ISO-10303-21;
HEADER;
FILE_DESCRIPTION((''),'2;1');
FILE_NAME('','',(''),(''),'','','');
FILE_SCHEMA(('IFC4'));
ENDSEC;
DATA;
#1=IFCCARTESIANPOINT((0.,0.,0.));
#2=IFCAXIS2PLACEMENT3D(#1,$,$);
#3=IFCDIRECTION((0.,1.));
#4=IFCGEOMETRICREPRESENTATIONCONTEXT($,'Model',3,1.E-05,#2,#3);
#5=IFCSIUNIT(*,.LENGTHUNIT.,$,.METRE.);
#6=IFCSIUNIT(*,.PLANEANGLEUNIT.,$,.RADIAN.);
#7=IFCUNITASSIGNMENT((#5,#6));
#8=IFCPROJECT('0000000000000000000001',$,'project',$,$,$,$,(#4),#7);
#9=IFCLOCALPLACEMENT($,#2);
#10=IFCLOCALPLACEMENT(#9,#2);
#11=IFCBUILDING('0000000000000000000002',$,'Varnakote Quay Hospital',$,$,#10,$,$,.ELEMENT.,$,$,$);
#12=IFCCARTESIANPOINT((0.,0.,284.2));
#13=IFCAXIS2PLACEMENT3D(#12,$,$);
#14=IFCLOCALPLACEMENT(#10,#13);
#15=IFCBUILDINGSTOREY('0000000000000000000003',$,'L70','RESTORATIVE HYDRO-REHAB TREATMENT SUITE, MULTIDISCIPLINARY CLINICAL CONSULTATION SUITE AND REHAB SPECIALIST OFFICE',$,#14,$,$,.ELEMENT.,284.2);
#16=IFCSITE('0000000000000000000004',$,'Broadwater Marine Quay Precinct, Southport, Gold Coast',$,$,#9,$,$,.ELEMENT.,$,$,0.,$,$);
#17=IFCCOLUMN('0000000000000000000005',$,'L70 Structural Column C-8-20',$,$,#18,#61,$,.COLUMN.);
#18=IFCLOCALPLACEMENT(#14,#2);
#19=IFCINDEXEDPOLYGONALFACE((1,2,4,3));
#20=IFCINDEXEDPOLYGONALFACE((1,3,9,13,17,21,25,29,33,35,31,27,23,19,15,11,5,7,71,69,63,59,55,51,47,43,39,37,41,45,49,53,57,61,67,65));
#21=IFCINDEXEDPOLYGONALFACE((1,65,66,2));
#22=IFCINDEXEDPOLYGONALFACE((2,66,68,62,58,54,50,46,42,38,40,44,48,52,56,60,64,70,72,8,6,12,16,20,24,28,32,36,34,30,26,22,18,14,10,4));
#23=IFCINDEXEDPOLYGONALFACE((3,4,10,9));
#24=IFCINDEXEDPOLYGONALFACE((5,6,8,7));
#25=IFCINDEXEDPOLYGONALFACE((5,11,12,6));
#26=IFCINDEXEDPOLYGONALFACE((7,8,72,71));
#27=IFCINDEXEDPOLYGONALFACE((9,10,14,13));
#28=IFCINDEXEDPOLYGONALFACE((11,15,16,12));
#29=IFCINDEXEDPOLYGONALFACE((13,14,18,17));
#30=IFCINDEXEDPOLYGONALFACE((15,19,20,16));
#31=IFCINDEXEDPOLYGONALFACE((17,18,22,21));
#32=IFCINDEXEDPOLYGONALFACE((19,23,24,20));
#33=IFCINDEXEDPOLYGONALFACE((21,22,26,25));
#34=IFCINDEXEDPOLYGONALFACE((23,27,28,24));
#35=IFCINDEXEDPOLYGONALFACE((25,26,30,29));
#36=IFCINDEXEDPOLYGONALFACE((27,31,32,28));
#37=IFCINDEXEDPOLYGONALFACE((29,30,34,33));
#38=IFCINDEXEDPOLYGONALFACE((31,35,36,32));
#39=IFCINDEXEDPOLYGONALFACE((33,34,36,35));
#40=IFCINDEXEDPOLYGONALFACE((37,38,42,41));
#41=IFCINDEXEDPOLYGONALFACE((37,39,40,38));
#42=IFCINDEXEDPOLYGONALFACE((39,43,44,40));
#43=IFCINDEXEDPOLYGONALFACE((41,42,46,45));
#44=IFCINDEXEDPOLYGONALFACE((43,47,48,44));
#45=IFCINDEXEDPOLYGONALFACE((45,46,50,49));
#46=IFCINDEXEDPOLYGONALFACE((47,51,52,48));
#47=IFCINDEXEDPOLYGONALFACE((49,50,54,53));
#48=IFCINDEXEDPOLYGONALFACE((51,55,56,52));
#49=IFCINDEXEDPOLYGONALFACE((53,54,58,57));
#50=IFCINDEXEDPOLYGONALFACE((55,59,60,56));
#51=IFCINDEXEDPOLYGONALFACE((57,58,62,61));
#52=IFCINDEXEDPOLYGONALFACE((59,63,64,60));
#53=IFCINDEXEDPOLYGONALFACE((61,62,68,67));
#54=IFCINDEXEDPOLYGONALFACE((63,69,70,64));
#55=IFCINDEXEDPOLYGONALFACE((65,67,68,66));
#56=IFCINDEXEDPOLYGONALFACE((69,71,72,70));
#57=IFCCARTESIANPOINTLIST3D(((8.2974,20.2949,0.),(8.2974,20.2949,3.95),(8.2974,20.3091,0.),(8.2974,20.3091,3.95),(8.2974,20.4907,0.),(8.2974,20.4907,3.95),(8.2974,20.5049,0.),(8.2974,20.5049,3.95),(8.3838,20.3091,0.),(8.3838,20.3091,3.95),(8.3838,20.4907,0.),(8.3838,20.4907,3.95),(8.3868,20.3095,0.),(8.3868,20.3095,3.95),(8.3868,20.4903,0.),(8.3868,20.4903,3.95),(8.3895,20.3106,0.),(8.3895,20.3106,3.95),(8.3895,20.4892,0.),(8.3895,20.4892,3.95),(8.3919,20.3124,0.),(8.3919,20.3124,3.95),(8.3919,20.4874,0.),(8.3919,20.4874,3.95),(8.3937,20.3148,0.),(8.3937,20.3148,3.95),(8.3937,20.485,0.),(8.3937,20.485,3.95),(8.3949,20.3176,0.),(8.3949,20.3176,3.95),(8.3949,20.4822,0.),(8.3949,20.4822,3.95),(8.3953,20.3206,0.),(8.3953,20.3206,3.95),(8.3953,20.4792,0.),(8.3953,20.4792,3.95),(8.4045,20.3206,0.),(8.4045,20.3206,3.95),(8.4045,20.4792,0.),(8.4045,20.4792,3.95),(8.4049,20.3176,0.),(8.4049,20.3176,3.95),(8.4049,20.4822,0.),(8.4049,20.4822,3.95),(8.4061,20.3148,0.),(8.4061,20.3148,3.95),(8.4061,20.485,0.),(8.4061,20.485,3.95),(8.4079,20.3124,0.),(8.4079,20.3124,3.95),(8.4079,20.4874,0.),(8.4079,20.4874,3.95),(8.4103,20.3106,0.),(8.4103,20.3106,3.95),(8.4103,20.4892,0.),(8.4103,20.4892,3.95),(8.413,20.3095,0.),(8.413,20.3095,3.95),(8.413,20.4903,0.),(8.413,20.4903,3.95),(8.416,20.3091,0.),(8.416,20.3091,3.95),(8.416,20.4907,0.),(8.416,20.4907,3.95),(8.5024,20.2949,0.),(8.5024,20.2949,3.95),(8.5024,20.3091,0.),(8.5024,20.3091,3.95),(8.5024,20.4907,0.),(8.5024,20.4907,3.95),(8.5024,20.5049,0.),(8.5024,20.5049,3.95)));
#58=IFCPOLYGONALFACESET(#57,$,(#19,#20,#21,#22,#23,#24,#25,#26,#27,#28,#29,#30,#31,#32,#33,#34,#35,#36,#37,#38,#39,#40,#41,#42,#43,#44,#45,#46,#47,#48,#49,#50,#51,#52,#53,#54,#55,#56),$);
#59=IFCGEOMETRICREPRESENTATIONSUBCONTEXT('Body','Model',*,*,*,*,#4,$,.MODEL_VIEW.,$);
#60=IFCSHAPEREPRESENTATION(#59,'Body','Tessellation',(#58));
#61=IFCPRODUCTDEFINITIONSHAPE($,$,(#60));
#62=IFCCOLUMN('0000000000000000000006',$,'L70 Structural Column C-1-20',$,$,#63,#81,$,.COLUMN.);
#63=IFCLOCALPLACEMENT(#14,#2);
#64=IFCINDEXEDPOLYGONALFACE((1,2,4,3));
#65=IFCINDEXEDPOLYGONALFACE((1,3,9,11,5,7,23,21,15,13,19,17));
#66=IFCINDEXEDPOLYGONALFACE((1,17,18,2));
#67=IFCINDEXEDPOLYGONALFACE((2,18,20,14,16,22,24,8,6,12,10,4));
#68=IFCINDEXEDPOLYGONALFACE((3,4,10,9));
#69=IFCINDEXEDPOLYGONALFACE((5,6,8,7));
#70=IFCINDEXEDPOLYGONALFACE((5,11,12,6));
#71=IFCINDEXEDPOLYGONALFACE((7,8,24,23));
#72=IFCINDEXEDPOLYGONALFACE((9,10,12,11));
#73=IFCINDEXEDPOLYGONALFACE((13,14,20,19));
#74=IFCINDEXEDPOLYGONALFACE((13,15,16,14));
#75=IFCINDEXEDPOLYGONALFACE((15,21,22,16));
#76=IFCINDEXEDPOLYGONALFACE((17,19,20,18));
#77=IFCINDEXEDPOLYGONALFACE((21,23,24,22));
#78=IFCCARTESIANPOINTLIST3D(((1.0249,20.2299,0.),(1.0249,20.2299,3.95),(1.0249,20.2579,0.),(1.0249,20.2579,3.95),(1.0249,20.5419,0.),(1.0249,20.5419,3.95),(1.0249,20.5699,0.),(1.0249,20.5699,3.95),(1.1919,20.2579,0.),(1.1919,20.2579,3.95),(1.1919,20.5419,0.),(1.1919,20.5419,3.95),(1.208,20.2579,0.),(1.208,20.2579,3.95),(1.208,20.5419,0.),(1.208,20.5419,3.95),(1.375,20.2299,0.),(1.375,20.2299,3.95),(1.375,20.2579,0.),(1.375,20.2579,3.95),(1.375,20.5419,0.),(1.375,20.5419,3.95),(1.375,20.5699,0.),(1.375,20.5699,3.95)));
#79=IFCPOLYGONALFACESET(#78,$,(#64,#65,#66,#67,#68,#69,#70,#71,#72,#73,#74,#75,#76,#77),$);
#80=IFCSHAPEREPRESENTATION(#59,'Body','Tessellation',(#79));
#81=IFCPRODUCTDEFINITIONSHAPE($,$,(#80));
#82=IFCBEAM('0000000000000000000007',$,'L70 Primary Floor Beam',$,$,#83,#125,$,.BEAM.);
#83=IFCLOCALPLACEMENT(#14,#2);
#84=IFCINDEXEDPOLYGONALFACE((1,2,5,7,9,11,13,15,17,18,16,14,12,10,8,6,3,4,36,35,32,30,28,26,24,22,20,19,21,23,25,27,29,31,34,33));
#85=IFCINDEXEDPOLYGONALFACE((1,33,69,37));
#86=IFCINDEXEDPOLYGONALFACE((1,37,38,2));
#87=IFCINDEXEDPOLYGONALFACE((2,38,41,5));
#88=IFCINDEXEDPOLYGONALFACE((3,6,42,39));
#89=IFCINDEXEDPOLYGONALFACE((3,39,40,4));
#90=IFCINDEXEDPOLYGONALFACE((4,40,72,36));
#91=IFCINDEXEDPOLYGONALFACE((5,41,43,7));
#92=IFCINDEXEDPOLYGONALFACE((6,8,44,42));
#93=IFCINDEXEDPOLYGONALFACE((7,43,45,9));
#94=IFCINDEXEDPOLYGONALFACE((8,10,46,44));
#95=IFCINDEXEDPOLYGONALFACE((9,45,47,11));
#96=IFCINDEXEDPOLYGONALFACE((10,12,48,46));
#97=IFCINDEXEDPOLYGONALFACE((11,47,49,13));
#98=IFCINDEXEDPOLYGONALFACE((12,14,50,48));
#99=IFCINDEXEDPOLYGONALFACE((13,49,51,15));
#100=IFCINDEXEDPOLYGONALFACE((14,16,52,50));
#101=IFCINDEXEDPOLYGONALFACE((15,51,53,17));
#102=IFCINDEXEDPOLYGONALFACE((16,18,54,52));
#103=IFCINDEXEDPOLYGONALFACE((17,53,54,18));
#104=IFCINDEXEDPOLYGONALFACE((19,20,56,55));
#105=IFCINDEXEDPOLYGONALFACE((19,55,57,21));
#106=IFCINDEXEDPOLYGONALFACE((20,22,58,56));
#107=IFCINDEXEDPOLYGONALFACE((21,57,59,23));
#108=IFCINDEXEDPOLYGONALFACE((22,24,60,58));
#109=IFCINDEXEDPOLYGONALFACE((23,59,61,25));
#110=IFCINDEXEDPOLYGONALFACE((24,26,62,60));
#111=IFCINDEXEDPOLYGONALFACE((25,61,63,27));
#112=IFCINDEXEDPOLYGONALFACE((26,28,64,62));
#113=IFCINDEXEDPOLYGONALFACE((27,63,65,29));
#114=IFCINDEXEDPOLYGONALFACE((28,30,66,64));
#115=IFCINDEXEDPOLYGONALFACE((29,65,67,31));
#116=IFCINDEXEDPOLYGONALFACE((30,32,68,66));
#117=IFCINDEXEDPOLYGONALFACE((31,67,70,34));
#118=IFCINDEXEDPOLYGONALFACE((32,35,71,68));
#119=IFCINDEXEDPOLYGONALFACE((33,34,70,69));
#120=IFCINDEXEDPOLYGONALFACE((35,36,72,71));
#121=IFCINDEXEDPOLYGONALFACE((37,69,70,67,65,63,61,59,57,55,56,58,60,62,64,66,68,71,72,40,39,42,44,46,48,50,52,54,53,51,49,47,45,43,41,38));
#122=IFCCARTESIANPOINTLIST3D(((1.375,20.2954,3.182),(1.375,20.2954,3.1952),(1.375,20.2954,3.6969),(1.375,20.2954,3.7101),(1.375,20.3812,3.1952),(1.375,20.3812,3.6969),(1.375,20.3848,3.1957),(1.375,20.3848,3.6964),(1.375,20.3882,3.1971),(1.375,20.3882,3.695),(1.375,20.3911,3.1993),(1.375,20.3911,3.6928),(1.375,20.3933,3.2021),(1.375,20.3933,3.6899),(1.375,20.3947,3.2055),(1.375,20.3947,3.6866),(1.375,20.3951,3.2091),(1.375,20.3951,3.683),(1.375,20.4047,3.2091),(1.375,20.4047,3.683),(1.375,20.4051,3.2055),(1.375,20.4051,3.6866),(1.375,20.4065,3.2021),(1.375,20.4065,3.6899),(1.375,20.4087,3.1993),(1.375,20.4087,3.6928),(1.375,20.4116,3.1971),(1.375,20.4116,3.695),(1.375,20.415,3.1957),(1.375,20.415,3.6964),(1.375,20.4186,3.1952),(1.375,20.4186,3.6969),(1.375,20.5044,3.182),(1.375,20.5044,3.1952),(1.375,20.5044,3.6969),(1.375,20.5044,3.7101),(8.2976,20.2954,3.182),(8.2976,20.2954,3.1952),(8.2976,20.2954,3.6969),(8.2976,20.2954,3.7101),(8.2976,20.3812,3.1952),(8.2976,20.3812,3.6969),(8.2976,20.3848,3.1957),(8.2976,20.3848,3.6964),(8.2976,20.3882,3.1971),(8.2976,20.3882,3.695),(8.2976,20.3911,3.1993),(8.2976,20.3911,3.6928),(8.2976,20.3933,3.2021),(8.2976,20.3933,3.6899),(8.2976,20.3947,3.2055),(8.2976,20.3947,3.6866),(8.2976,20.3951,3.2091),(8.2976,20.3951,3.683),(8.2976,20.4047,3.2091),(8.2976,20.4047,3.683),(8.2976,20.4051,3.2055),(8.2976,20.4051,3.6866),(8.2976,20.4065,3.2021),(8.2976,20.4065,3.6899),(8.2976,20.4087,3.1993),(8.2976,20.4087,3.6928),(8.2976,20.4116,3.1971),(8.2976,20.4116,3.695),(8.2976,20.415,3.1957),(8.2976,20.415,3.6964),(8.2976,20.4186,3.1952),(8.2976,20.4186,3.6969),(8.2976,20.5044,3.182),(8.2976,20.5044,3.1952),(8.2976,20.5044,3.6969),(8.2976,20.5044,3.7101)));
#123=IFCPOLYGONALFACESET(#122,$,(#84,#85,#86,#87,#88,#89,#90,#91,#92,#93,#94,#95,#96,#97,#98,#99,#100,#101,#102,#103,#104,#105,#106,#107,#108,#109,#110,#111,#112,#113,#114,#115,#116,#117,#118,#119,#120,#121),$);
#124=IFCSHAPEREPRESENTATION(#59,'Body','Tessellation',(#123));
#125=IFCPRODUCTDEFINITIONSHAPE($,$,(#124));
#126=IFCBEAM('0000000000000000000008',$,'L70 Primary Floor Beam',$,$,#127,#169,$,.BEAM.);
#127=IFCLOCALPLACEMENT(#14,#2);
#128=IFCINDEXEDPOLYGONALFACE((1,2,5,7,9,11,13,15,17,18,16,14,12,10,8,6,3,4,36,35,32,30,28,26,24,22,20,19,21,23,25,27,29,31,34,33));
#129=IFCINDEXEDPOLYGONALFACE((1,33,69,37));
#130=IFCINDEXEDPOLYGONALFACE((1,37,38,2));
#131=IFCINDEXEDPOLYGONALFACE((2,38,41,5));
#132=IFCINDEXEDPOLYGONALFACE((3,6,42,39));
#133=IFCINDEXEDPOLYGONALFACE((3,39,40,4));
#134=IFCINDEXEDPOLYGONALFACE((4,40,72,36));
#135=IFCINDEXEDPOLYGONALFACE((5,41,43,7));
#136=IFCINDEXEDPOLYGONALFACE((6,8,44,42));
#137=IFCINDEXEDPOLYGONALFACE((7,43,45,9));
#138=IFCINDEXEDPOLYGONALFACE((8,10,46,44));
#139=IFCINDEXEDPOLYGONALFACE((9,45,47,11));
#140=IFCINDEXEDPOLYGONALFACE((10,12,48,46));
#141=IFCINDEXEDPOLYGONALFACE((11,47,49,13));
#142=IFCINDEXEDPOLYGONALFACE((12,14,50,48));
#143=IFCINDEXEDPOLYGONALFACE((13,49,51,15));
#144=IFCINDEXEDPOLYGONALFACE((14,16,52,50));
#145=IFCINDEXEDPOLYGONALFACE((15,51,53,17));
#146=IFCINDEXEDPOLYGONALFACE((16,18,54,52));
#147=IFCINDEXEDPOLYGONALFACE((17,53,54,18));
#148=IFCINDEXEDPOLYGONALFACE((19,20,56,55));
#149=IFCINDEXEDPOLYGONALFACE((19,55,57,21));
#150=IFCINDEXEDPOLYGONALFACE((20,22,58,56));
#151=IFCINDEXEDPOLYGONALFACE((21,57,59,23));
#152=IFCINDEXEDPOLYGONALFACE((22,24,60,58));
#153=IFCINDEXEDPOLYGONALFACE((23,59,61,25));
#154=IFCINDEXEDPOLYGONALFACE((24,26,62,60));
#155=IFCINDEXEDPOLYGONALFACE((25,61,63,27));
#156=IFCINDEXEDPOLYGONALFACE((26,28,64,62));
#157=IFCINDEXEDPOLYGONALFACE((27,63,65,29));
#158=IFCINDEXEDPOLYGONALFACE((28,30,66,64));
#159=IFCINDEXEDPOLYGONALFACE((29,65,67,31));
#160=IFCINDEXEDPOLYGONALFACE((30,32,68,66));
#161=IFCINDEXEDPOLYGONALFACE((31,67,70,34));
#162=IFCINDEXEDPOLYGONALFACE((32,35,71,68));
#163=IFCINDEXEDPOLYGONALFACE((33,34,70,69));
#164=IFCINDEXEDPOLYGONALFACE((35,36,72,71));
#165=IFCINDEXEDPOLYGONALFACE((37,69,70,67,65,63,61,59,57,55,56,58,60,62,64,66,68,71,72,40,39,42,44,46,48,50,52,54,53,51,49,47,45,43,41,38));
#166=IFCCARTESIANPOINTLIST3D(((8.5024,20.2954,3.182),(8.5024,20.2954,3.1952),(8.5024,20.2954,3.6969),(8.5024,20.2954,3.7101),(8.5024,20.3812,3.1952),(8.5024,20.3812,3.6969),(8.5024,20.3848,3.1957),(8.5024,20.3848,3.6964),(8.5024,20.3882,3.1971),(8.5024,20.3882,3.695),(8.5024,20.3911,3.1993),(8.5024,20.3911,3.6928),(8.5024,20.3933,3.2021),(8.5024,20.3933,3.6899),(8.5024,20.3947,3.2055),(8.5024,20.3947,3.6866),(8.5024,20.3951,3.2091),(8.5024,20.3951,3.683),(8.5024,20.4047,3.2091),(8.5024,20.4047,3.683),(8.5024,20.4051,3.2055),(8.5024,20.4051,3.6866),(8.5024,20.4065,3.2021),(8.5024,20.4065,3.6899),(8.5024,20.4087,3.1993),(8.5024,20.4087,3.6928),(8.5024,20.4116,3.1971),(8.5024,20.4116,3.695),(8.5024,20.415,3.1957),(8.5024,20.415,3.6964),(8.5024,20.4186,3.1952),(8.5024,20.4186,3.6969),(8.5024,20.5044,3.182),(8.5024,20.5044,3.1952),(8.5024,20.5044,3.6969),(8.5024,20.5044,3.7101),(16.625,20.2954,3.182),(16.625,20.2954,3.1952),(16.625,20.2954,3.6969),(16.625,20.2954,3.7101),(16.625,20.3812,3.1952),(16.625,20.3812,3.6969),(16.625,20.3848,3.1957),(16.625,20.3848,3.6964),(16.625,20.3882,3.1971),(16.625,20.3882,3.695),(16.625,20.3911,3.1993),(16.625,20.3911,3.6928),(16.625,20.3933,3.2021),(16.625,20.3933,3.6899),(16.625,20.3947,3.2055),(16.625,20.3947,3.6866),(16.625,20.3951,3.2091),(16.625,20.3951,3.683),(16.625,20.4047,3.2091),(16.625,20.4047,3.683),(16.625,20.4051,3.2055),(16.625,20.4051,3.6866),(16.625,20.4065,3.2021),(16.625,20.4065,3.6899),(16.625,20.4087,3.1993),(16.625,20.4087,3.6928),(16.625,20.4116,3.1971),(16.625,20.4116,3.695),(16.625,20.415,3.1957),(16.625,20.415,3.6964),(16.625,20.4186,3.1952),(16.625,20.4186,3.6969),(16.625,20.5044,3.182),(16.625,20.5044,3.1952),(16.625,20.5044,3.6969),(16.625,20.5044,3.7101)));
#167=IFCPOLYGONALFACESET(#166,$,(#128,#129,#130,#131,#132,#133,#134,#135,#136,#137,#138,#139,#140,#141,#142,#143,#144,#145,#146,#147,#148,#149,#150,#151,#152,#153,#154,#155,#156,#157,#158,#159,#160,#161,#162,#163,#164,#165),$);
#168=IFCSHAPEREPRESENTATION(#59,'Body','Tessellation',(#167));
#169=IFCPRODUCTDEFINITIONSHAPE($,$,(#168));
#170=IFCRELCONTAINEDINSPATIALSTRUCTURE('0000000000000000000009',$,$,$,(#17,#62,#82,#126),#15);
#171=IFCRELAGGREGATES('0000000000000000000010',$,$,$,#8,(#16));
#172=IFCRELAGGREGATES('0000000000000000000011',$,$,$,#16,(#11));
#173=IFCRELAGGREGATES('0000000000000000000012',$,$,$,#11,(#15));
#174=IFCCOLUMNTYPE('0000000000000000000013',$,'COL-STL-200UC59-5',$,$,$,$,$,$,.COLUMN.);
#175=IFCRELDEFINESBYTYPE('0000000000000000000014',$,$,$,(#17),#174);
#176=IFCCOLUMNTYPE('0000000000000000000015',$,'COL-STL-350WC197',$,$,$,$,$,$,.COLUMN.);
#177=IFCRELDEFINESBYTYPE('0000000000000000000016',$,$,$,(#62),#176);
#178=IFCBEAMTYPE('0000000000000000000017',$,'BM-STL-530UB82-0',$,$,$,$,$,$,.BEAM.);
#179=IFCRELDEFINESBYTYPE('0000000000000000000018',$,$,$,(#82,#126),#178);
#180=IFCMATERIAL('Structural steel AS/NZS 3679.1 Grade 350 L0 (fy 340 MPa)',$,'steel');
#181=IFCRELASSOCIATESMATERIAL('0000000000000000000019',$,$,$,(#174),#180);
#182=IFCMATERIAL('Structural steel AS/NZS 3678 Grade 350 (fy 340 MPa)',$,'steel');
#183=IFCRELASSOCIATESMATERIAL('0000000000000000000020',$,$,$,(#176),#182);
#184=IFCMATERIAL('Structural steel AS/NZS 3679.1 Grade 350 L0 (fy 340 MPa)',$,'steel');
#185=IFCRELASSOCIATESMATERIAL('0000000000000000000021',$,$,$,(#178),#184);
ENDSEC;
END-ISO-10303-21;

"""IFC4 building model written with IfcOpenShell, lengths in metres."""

from ifc_helpers import new_model, si_unit, direction, frame, origin, origin_2d, place, context, subcontext, project, spatial, i_section, extrude, material, material_profile, profile_set, type_object, element, save


model = new_model("IFC4")

# Units and contexts
model_context = context("Model", 3, precision=1e-05, world=origin(), true_north=direction((0.0, 1.0)))
body_context = subcontext(model_context, "Body", "Model", "MODEL_VIEW")
ifc_project = project(units=[si_unit("LENGTHUNIT", "METRE"), si_unit("PLANEANGLEUNIT", "RADIAN")], contexts=[model_context])

# Site, building, storey
site_placement = place(None, origin())
site = spatial("IfcSite", under=ifc_project, at=site_placement, Name="Broadwater Marine Quay Precinct, Southport, Gold Coast", CompositionType="ELEMENT", RefElevation=0.0)
building_placement = place(site_placement, origin())
building = spatial("IfcBuilding", under=site, at=building_placement, Name="Varnakote Quay Hospital", CompositionType="ELEMENT")
storey_placement = place(building_placement, frame((0.0, 0.0, 284.2)))
storey = spatial("IfcBuildingStorey", under=building, at=storey_placement, Name="L70", Description="RESTORATIVE HYDRO-REHAB TREATMENT SUITE, MULTIDISCIPLINARY CLINICAL CONSULTATION SUITE AND REHAB SPECIALIST OFFICE", CompositionType="ELEMENT", Elevation=284.2)

# Columns
ifc_material_1 = material(Name="Structural steel AS/NZS 3679.1 Grade 350 L0 (fy 340 MPa)", Category="steel")
ifc_material_profile_1 = material_profile(ifc_material_1, i_section(OverallWidth=0.2051, OverallDepth=0.21, WebThickness=0.0093, FlangeThickness=0.0142, FilletRadius=0.0115, at=origin_2d()), Name="200UC59.5")
ifc_profile_set_1 = profile_set([ifc_material_profile_1], Name="Structural steel AS/NZS 3679.1 Grade 350 L0 (fy 340 MPa)")
column_type_1 = type_object("IfcColumnType", Name="COL-STL-200UC59-5", PredefinedType="COLUMN", material=ifc_profile_set_1)
column_1_placement = place(storey_placement, frame((8.3999, 20.3999, 0.0), z_axis=(0.0, 0.0, 1.0), x_axis=(1.0, 0.0, 0.0)))
element("IfcColumn", 1, at=column_1_placement, inside=storey, type_object=column_type_1, Name="L70 Structural Column C-8-20", PredefinedType="COLUMN", context=body_context, shape_type="SweptSolid", body=[
    extrude(i_section(OverallWidth=0.2051, OverallDepth=0.21, WebThickness=0.0093, FlangeThickness=0.0142, FilletRadius=0.0115, at=origin_2d()), origin(), (0.0, 0.0, 1.0), 3.95),
])
ifc_material_2 = material(Name="Structural steel AS/NZS 3678 Grade 350 (fy 340 MPa)", Category="steel")
ifc_material_profile_2 = material_profile(ifc_material_2, i_section(OverallWidth=0.3501, OverallDepth=0.3401, WebThickness=0.0161, FlangeThickness=0.0281, at=origin_2d()), Name="350WC197")
ifc_profile_set_2 = profile_set([ifc_material_profile_2], Name="Structural steel AS/NZS 3678 Grade 350 (fy 340 MPa)")
column_type_2 = type_object("IfcColumnType", Name="COL-STL-350WC197", PredefinedType="COLUMN", material=ifc_profile_set_2)
column_2_placement = place(storey_placement, frame((1.2, 20.3999, 0.0), z_axis=(0.0, 0.0, 1.0), x_axis=(1.0, 0.0, 0.0)))
element("IfcColumn", 2, at=column_2_placement, inside=storey, type_object=column_type_2, Name="L70 Structural Column C-1-20", PredefinedType="COLUMN", context=body_context, shape_type="SweptSolid", body=[
    extrude(i_section(OverallWidth=0.3501, OverallDepth=0.3401, WebThickness=0.0161, FlangeThickness=0.0281, at=origin_2d()), origin(), (0.0, 0.0, 1.0), 3.95),
])

# Beams
ifc_material_3 = material(Name="Structural steel AS/NZS 3679.1 Grade 350 L0 (fy 340 MPa)", Category="steel")
ifc_material_profile_3 = material_profile(ifc_material_3, i_section(OverallWidth=0.209, OverallDepth=0.5281, WebThickness=0.0095, FlangeThickness=0.0132, FilletRadius=0.0139, at=origin_2d()), Name="530UB82.0")
ifc_profile_set_3 = profile_set([ifc_material_profile_3], Name="Structural steel AS/NZS 3679.1 Grade 350 L0 (fy 340 MPa)")
beam_type_1 = type_object("IfcBeamType", Name="BM-STL-530UB82-0", PredefinedType="BEAM", material=ifc_profile_set_3)
beam_1_placement = place(storey_placement, frame((1.375, 20.3999, 3.446), z_axis=(1.0, 0.0, 0.0), x_axis=(0.0, 1.0, 0.0)))
element("IfcBeam", 3, at=beam_1_placement, inside=storey, type_object=beam_type_1, Name="L70 Primary Floor Beam", PredefinedType="BEAM", context=body_context, shape_type="SweptSolid", body=[
    extrude(i_section(OverallWidth=0.209, OverallDepth=0.5281, WebThickness=0.0095, FlangeThickness=0.0132, FilletRadius=0.0139, at=origin_2d()), origin(), (0.0, 0.0, 1.0), 6.9226),
])
beam_2_placement = place(storey_placement, frame((8.5024, 20.3999, 3.446), z_axis=(1.0, 0.0, 0.0), x_axis=(0.0, 1.0, 0.0)))
element("IfcBeam", 4, at=beam_2_placement, inside=storey, type_object=beam_type_1, Name="L70 Primary Floor Beam", PredefinedType="BEAM", context=body_context, shape_type="SweptSolid", body=[
    extrude(i_section(OverallWidth=0.209, OverallDepth=0.5281, WebThickness=0.0095, FlangeThickness=0.0132, FilletRadius=0.0139, at=origin_2d()), origin(), (0.0, 0.0, 1.0), 8.1226),
])

save(model, "model.ifc")
